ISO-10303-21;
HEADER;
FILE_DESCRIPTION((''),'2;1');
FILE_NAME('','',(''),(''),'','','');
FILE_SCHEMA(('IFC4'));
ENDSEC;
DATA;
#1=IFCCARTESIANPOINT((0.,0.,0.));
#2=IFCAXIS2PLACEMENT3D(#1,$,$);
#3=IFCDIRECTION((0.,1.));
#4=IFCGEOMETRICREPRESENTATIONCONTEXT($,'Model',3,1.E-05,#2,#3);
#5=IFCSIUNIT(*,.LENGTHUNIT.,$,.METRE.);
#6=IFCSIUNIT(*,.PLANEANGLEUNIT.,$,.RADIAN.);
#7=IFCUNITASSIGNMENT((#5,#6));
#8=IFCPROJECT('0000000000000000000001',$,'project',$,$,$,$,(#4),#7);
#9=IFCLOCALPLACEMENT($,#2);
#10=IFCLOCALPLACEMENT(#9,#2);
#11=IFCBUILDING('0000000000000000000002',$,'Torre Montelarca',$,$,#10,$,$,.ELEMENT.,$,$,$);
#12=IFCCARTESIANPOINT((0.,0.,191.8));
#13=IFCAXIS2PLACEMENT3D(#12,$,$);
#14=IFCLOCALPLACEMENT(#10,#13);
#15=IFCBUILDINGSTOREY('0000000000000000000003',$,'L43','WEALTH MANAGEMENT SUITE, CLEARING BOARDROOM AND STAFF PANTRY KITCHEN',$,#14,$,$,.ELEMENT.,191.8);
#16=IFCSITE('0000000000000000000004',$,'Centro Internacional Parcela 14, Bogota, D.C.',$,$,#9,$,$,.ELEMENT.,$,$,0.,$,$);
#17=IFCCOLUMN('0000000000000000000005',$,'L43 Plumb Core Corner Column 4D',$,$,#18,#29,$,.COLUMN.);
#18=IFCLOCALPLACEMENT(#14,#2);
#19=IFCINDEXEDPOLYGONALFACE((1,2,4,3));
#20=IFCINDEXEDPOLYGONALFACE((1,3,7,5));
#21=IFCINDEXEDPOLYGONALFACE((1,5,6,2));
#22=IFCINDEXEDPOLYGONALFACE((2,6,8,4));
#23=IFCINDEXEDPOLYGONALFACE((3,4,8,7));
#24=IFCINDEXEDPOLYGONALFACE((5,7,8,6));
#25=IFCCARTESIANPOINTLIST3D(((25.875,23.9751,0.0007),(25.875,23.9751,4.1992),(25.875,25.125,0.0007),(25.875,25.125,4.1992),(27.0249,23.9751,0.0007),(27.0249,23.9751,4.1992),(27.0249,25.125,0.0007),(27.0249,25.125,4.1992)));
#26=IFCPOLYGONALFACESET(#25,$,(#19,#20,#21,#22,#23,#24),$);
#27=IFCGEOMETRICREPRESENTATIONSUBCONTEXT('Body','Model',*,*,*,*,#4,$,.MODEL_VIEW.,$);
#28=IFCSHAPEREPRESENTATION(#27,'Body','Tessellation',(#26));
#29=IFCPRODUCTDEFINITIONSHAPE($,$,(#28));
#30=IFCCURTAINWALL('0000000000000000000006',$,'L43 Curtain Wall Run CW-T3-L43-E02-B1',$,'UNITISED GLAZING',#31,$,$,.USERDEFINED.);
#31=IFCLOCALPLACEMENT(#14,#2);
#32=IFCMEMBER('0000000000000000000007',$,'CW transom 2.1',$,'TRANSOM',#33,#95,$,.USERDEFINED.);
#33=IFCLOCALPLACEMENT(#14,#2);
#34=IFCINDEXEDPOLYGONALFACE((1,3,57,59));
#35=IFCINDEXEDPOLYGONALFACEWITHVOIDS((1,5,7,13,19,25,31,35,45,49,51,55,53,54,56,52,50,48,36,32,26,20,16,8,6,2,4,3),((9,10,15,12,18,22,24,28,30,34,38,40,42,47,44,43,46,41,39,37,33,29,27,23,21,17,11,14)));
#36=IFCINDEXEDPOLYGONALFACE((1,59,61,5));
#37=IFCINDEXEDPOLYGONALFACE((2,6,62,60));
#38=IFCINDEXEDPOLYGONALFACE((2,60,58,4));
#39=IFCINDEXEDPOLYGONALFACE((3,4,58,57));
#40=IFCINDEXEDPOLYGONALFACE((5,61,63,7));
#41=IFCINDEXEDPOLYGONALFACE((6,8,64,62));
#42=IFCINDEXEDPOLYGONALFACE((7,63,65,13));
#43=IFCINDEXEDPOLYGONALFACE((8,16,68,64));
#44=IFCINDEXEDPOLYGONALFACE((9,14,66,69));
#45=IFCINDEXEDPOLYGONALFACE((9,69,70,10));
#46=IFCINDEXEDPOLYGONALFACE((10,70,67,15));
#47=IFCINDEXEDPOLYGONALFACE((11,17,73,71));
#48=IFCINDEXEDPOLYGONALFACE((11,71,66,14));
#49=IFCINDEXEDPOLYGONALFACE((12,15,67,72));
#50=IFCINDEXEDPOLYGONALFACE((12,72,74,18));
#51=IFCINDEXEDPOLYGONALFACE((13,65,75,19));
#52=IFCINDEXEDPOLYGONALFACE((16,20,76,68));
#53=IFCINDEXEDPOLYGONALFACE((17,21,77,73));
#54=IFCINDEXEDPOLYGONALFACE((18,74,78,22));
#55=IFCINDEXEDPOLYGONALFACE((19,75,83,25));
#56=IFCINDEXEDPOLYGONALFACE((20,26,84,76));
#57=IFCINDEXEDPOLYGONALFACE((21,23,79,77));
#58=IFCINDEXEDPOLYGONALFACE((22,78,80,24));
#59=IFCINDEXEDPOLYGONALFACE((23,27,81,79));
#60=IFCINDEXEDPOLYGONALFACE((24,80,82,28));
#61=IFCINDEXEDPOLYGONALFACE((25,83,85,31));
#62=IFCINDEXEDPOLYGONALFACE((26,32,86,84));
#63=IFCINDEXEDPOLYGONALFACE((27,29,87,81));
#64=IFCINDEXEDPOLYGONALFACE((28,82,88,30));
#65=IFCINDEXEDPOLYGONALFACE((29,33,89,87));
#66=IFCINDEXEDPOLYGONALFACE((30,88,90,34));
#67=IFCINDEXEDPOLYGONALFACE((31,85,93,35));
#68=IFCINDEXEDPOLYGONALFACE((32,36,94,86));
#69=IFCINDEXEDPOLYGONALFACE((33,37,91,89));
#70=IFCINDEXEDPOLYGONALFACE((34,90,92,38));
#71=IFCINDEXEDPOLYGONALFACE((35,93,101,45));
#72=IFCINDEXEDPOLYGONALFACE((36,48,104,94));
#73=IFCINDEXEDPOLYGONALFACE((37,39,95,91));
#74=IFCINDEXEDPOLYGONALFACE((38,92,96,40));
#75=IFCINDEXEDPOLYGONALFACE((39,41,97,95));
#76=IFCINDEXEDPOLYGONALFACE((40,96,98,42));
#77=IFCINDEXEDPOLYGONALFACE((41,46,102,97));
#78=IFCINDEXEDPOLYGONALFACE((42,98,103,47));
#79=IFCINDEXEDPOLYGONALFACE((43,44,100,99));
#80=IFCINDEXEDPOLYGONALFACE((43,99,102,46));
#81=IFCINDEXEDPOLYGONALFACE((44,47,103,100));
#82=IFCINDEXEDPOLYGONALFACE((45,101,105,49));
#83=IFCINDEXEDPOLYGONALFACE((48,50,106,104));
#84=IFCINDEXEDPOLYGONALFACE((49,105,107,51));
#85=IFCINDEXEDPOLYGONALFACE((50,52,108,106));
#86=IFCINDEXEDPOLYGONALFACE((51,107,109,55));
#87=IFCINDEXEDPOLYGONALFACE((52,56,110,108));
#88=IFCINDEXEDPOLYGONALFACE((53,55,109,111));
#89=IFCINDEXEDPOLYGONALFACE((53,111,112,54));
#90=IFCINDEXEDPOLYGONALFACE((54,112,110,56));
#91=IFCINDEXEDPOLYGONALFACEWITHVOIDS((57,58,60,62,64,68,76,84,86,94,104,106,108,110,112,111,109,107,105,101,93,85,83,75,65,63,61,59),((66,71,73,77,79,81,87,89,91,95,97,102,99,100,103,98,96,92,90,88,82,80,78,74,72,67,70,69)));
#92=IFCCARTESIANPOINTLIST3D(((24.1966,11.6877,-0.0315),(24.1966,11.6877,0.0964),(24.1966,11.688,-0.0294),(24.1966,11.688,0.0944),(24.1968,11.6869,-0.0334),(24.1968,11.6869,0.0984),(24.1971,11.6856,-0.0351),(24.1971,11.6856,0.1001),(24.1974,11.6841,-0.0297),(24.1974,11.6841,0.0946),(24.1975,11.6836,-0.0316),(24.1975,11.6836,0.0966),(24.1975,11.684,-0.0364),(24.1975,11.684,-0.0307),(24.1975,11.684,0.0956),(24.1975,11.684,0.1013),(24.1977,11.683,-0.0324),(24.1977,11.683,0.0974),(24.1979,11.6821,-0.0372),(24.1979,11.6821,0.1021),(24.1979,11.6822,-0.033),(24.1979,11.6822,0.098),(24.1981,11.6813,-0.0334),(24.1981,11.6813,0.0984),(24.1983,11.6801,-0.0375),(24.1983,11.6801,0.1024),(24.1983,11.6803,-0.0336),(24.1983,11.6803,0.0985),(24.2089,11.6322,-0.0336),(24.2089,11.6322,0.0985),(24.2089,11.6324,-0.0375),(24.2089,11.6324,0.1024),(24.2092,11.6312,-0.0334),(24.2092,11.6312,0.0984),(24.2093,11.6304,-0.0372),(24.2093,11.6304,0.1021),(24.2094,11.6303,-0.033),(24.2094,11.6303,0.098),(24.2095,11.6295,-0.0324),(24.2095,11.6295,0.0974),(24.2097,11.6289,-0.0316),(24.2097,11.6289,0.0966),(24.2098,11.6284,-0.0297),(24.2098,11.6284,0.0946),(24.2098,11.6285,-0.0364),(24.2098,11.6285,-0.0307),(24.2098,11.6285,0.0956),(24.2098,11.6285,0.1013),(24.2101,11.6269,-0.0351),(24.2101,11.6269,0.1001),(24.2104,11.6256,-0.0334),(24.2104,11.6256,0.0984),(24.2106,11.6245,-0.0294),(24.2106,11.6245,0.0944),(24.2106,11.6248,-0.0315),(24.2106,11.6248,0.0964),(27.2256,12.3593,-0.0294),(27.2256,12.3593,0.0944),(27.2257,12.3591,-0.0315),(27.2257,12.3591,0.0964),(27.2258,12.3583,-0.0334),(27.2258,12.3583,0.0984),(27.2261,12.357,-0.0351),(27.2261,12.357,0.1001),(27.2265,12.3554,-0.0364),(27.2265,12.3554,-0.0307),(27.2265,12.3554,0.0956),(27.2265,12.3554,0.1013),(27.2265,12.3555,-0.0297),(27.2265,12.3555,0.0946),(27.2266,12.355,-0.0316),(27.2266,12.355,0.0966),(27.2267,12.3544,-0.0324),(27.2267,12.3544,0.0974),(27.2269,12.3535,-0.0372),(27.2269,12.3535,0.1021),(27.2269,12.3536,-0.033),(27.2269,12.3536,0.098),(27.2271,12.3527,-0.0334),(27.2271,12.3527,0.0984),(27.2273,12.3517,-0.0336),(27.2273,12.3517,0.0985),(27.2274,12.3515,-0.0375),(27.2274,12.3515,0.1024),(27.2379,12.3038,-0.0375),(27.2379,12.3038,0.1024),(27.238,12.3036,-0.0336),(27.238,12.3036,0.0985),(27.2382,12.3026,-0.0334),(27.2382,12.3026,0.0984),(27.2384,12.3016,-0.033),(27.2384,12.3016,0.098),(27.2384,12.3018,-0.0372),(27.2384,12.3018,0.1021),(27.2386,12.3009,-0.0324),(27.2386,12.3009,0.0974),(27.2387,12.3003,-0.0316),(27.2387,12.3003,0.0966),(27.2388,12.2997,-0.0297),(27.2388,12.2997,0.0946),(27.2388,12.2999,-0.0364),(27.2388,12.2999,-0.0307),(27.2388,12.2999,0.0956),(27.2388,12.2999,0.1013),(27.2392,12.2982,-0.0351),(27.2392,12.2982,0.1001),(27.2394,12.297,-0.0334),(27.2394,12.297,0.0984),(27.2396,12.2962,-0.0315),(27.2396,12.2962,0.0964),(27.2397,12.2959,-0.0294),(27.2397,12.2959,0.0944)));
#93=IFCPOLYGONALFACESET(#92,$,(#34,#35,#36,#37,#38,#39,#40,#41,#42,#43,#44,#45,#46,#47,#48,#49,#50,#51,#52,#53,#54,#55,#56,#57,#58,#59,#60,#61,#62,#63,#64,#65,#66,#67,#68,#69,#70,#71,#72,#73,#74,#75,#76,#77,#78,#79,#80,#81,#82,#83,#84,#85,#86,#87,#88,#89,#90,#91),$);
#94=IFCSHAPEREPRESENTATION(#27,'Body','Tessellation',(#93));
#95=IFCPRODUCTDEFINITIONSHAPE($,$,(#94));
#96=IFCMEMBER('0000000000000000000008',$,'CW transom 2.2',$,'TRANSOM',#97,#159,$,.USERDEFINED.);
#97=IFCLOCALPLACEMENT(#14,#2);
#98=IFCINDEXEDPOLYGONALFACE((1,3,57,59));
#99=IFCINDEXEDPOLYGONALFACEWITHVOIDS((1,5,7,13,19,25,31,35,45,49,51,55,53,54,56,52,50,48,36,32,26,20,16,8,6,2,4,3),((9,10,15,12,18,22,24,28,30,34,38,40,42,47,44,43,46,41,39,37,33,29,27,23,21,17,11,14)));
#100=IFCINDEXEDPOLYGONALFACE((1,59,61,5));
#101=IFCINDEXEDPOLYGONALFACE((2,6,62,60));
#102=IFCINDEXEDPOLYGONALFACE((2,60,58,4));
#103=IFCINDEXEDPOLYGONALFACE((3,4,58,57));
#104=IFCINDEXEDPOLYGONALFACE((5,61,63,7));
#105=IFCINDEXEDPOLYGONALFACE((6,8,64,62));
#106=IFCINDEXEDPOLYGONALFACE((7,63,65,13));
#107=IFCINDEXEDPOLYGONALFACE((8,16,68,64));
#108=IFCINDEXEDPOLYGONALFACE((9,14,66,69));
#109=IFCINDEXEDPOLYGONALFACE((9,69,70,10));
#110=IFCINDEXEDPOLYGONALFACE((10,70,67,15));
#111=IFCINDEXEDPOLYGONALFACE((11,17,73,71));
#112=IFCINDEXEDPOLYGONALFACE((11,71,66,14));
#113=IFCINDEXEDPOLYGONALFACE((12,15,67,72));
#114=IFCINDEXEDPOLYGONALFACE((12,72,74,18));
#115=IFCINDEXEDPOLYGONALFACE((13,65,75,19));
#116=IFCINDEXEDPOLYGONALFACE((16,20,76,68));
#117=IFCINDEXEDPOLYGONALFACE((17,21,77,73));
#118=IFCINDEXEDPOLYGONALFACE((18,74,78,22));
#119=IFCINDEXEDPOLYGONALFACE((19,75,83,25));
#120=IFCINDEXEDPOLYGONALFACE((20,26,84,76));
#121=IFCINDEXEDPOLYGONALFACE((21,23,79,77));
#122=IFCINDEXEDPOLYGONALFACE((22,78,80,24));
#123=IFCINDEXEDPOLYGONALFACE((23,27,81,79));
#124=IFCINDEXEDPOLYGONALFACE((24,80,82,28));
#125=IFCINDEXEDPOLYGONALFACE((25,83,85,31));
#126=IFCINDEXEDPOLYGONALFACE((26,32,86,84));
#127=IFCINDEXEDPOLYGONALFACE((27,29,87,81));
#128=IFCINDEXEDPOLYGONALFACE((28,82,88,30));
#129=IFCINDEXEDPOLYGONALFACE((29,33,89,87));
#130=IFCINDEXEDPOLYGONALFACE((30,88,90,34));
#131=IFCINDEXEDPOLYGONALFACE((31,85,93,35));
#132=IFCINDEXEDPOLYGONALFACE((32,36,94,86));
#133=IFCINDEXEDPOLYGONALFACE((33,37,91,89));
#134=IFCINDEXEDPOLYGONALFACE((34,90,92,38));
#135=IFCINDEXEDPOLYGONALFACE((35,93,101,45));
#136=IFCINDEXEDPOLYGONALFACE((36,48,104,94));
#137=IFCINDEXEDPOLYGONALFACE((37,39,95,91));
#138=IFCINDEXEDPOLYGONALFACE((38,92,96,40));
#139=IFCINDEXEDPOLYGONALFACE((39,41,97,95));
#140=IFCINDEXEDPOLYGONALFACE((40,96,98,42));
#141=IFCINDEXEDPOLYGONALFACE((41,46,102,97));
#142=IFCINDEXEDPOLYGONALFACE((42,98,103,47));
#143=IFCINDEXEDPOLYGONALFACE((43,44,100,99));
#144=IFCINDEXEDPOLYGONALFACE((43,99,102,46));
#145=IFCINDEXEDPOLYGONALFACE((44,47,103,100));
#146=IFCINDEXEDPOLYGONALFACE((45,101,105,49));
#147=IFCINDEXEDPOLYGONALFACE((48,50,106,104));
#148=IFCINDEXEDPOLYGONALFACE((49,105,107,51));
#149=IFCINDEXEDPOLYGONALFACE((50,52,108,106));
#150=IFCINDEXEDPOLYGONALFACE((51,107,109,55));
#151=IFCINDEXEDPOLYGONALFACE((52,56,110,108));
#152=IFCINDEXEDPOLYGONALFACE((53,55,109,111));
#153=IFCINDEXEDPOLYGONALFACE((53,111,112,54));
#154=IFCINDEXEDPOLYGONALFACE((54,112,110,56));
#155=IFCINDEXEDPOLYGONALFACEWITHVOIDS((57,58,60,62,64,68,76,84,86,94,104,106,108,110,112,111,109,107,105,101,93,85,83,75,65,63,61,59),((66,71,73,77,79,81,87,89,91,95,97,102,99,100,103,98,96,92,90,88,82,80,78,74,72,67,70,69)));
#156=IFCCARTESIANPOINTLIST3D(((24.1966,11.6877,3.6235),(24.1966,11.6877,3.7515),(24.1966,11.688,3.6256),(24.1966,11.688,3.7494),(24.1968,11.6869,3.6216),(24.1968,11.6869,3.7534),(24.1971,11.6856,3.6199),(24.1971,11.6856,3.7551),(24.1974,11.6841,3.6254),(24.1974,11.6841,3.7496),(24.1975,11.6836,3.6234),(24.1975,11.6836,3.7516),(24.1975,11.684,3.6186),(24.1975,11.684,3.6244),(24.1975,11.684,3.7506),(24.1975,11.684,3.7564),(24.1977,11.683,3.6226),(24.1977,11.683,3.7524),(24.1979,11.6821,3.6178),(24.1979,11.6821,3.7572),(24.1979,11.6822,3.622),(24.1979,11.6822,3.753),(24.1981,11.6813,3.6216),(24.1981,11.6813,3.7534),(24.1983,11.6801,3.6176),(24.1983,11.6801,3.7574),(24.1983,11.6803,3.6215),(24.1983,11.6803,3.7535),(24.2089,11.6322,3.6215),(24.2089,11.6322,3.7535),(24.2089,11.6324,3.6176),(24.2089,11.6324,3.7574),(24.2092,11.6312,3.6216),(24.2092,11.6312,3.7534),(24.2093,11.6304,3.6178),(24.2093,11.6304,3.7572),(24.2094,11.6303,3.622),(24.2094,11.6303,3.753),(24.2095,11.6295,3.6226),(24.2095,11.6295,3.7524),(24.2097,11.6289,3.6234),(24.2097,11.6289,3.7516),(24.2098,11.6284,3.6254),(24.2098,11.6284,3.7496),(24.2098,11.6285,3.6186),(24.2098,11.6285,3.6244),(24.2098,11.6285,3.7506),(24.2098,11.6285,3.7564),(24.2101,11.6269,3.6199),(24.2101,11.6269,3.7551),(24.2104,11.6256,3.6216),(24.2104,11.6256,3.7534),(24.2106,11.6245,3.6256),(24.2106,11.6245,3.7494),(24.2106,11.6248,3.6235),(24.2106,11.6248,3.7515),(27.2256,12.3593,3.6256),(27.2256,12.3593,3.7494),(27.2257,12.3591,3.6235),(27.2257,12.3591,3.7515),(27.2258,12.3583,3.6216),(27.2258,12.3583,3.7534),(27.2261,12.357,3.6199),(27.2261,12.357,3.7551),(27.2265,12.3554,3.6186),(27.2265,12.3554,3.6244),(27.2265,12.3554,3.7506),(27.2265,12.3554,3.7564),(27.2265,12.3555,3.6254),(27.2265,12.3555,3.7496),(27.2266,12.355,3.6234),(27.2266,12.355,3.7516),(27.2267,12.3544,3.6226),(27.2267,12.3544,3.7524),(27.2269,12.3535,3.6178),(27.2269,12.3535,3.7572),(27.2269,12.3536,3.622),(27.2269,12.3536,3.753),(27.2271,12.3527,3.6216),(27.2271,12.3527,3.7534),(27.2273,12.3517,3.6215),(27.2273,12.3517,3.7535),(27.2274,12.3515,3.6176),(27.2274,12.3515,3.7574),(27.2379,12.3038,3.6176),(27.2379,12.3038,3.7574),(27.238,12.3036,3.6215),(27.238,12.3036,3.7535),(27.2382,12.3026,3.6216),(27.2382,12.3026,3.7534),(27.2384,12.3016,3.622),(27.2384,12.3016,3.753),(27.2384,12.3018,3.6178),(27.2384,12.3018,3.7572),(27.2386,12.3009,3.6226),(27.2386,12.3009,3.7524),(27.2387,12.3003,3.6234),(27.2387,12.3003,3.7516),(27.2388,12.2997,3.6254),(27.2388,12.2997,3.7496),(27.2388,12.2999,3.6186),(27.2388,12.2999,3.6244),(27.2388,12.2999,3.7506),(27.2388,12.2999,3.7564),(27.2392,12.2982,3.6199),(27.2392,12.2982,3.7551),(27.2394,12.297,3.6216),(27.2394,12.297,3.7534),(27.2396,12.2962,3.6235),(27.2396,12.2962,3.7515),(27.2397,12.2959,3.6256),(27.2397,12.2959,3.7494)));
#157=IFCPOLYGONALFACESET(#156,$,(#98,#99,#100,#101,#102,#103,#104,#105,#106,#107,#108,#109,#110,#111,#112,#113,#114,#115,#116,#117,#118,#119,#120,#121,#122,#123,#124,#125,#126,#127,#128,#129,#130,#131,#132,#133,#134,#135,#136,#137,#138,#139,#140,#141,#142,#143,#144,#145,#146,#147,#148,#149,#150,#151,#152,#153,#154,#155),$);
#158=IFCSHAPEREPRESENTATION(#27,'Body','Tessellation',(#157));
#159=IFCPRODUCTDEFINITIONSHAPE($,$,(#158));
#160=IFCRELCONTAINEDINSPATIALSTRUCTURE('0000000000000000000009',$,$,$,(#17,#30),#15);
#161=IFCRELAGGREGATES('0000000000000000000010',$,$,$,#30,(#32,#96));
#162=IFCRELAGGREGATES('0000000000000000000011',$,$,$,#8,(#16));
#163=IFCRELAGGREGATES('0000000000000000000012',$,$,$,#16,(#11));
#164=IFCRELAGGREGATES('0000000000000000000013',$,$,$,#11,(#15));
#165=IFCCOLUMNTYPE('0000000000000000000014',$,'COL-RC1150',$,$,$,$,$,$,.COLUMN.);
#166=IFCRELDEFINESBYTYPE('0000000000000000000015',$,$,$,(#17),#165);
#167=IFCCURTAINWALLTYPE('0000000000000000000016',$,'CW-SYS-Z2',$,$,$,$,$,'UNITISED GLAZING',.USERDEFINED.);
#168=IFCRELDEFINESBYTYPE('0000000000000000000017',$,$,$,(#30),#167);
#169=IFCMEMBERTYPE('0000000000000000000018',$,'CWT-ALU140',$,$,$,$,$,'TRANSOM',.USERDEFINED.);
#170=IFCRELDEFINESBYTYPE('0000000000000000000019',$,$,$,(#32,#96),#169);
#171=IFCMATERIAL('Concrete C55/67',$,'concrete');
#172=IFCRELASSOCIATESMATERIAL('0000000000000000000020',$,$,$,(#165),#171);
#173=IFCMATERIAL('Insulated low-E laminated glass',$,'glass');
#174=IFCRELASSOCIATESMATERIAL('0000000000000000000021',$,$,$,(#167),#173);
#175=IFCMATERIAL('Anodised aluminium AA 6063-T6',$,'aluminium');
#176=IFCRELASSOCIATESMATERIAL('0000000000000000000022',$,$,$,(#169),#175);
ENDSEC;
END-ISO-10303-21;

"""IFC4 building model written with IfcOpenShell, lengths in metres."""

from ifc_helpers import new_model, si_unit, direction, frame, origin, origin_2d, place, context, subcontext, project, spatial, rectangle, hollow_rectangle, extrude, source, transform, mapped, material, material_profile, profile_set, type_object, element, aggregate, save


model = new_model("IFC4")

# Units and contexts
model_context = context("Model", 3, precision=1e-05, world=origin(), true_north=direction((0.0, 1.0)))
body_context = subcontext(model_context, "Body", "Model", "MODEL_VIEW")
ifc_project = project(units=[si_unit("LENGTHUNIT", "METRE"), si_unit("PLANEANGLEUNIT", "RADIAN")], contexts=[model_context])

# Site, building, storey
site_placement = place(None, origin())
site = spatial("IfcSite", under=ifc_project, at=site_placement, Name="Centro Internacional Parcela 14, Bogota, D.C.", CompositionType="ELEMENT", RefElevation=0.0)
building_placement = place(site_placement, origin())
building = spatial("IfcBuilding", under=site, at=building_placement, Name="Torre Montelarca", CompositionType="ELEMENT")
storey_placement = place(building_placement, frame((0.0, 0.0, 191.8)))
storey = spatial("IfcBuildingStorey", under=building, at=storey_placement, Name="L43", Description="WEALTH MANAGEMENT SUITE, CLEARING BOARDROOM AND STAFF PANTRY KITCHEN", CompositionType="ELEMENT", Elevation=191.8)

# Column
ifc_material_1 = material(Name="Concrete C55/67", Category="concrete")
ifc_material_profile_1 = material_profile(ifc_material_1, rectangle(XDim=1.1499, YDim=1.1499, at=origin_2d()), Name="RC1150X1150", Category="concrete")
ifc_profile_set_1 = profile_set([ifc_material_profile_1], Name="Concrete C55/67")
column_type = type_object("IfcColumnType", Name="COL-RC1150", PredefinedType="COLUMN", material=ifc_profile_set_1)
shared_shape_1 = source(origin(), body_context, "Body", "SweptSolid", [
    extrude(rectangle(XDim=1.1499, YDim=1.1499, at=origin_2d()), origin(), (0.0, 0.0, 1.0), 4.1985),
])
column_1_placement = place(storey_placement, frame((26.45, 24.55, 0.0007), z_axis=(0.0, 0.0, 1.0), x_axis=(1.0, 0.0, 0.0)))
element("IfcColumn", 1, at=column_1_placement, inside=storey, type_object=column_type, Name="L43 Plumb Core Corner Column 4D", PredefinedType="COLUMN", context=body_context, shape_type="MappedRepresentation", body=[
    mapped(shared_shape_1, transform((0.0, 0.0, 0.0), scale=1.0)),
])

# Curtain wall, members
ifc_material_2 = material(Name="Insulated low-E laminated glass", Category="glass")
curtain_wall_type = type_object("IfcCurtainWallType", Name="CW-SYS-Z2", ElementType="UNITISED GLAZING", PredefinedType="USERDEFINED", material=ifc_material_2)
curtain_wall_1_placement = place(storey_placement, origin())
curtain_wall_1 = element("IfcCurtainWall", 2, at=curtain_wall_1_placement, inside=storey, type_object=curtain_wall_type, Name="L43 Curtain Wall Run CW-T3-L43-E02-B1", ObjectType="UNITISED GLAZING", PredefinedType="USERDEFINED")
ifc_material_3 = material(Name="Anodised aluminium AA 6063-T6", Category="aluminium")
ifc_material_profile_2 = material_profile(ifc_material_3, hollow_rectangle(XDim=0.0649, YDim=0.1399, WallThickness=0.0039, InnerFilletRadius=0.0039, OuterFilletRadius=0.0081, at=origin_2d()), Name="ALU65X140X4", Category="aluminium")
ifc_profile_set_2 = profile_set([ifc_material_profile_2], Name="Anodised aluminium AA 6063-T6")
member_type_1 = type_object("IfcMemberType", Name="CWT-ALU140", ElementType="TRANSOM", PredefinedType="USERDEFINED", material=ifc_profile_set_2)
shared_shape_2 = source(origin(), body_context, "Body", "SweptSolid", [
    extrude(hollow_rectangle(XDim=0.0649, YDim=0.1399, WallThickness=0.0039, InnerFilletRadius=0.0039, OuterFilletRadius=0.0081, at=origin_2d()), origin(), (0.0, 0.0, 1.0), 3.1025),
])
member_1_placement = place(storey_placement, frame((24.2036, 11.6562, 0.0325), z_axis=(0.976305, 0.216397, 0.0), x_axis=(-0.216397, 0.976305, 0.0)))
member_1 = element("IfcMember", 3, at=member_1_placement, type_object=member_type_1, Name="CW transom 2.1", ObjectType="TRANSOM", PredefinedType="USERDEFINED", context=body_context, shape_type="MappedRepresentation", body=[
    mapped(shared_shape_2, transform((0.0, 0.0, 0.0), scale=1.0)),
])
member_2_placement = place(storey_placement, frame((24.2036, 11.6562, 3.6875), z_axis=(0.976305, 0.216397, 0.0), x_axis=(-0.216397, 0.976305, 0.0)))
member_2 = element("IfcMember", 4, at=member_2_placement, type_object=member_type_1, Name="CW transom 2.2", ObjectType="TRANSOM", PredefinedType="USERDEFINED", context=body_context, shape_type="MappedRepresentation", body=[
    mapped(shared_shape_2, transform((0.0, 0.0, 0.0), scale=1.0)),
])

aggregate(curtain_wall_1, [member_1, member_2])

save(model, "model.ifc")
